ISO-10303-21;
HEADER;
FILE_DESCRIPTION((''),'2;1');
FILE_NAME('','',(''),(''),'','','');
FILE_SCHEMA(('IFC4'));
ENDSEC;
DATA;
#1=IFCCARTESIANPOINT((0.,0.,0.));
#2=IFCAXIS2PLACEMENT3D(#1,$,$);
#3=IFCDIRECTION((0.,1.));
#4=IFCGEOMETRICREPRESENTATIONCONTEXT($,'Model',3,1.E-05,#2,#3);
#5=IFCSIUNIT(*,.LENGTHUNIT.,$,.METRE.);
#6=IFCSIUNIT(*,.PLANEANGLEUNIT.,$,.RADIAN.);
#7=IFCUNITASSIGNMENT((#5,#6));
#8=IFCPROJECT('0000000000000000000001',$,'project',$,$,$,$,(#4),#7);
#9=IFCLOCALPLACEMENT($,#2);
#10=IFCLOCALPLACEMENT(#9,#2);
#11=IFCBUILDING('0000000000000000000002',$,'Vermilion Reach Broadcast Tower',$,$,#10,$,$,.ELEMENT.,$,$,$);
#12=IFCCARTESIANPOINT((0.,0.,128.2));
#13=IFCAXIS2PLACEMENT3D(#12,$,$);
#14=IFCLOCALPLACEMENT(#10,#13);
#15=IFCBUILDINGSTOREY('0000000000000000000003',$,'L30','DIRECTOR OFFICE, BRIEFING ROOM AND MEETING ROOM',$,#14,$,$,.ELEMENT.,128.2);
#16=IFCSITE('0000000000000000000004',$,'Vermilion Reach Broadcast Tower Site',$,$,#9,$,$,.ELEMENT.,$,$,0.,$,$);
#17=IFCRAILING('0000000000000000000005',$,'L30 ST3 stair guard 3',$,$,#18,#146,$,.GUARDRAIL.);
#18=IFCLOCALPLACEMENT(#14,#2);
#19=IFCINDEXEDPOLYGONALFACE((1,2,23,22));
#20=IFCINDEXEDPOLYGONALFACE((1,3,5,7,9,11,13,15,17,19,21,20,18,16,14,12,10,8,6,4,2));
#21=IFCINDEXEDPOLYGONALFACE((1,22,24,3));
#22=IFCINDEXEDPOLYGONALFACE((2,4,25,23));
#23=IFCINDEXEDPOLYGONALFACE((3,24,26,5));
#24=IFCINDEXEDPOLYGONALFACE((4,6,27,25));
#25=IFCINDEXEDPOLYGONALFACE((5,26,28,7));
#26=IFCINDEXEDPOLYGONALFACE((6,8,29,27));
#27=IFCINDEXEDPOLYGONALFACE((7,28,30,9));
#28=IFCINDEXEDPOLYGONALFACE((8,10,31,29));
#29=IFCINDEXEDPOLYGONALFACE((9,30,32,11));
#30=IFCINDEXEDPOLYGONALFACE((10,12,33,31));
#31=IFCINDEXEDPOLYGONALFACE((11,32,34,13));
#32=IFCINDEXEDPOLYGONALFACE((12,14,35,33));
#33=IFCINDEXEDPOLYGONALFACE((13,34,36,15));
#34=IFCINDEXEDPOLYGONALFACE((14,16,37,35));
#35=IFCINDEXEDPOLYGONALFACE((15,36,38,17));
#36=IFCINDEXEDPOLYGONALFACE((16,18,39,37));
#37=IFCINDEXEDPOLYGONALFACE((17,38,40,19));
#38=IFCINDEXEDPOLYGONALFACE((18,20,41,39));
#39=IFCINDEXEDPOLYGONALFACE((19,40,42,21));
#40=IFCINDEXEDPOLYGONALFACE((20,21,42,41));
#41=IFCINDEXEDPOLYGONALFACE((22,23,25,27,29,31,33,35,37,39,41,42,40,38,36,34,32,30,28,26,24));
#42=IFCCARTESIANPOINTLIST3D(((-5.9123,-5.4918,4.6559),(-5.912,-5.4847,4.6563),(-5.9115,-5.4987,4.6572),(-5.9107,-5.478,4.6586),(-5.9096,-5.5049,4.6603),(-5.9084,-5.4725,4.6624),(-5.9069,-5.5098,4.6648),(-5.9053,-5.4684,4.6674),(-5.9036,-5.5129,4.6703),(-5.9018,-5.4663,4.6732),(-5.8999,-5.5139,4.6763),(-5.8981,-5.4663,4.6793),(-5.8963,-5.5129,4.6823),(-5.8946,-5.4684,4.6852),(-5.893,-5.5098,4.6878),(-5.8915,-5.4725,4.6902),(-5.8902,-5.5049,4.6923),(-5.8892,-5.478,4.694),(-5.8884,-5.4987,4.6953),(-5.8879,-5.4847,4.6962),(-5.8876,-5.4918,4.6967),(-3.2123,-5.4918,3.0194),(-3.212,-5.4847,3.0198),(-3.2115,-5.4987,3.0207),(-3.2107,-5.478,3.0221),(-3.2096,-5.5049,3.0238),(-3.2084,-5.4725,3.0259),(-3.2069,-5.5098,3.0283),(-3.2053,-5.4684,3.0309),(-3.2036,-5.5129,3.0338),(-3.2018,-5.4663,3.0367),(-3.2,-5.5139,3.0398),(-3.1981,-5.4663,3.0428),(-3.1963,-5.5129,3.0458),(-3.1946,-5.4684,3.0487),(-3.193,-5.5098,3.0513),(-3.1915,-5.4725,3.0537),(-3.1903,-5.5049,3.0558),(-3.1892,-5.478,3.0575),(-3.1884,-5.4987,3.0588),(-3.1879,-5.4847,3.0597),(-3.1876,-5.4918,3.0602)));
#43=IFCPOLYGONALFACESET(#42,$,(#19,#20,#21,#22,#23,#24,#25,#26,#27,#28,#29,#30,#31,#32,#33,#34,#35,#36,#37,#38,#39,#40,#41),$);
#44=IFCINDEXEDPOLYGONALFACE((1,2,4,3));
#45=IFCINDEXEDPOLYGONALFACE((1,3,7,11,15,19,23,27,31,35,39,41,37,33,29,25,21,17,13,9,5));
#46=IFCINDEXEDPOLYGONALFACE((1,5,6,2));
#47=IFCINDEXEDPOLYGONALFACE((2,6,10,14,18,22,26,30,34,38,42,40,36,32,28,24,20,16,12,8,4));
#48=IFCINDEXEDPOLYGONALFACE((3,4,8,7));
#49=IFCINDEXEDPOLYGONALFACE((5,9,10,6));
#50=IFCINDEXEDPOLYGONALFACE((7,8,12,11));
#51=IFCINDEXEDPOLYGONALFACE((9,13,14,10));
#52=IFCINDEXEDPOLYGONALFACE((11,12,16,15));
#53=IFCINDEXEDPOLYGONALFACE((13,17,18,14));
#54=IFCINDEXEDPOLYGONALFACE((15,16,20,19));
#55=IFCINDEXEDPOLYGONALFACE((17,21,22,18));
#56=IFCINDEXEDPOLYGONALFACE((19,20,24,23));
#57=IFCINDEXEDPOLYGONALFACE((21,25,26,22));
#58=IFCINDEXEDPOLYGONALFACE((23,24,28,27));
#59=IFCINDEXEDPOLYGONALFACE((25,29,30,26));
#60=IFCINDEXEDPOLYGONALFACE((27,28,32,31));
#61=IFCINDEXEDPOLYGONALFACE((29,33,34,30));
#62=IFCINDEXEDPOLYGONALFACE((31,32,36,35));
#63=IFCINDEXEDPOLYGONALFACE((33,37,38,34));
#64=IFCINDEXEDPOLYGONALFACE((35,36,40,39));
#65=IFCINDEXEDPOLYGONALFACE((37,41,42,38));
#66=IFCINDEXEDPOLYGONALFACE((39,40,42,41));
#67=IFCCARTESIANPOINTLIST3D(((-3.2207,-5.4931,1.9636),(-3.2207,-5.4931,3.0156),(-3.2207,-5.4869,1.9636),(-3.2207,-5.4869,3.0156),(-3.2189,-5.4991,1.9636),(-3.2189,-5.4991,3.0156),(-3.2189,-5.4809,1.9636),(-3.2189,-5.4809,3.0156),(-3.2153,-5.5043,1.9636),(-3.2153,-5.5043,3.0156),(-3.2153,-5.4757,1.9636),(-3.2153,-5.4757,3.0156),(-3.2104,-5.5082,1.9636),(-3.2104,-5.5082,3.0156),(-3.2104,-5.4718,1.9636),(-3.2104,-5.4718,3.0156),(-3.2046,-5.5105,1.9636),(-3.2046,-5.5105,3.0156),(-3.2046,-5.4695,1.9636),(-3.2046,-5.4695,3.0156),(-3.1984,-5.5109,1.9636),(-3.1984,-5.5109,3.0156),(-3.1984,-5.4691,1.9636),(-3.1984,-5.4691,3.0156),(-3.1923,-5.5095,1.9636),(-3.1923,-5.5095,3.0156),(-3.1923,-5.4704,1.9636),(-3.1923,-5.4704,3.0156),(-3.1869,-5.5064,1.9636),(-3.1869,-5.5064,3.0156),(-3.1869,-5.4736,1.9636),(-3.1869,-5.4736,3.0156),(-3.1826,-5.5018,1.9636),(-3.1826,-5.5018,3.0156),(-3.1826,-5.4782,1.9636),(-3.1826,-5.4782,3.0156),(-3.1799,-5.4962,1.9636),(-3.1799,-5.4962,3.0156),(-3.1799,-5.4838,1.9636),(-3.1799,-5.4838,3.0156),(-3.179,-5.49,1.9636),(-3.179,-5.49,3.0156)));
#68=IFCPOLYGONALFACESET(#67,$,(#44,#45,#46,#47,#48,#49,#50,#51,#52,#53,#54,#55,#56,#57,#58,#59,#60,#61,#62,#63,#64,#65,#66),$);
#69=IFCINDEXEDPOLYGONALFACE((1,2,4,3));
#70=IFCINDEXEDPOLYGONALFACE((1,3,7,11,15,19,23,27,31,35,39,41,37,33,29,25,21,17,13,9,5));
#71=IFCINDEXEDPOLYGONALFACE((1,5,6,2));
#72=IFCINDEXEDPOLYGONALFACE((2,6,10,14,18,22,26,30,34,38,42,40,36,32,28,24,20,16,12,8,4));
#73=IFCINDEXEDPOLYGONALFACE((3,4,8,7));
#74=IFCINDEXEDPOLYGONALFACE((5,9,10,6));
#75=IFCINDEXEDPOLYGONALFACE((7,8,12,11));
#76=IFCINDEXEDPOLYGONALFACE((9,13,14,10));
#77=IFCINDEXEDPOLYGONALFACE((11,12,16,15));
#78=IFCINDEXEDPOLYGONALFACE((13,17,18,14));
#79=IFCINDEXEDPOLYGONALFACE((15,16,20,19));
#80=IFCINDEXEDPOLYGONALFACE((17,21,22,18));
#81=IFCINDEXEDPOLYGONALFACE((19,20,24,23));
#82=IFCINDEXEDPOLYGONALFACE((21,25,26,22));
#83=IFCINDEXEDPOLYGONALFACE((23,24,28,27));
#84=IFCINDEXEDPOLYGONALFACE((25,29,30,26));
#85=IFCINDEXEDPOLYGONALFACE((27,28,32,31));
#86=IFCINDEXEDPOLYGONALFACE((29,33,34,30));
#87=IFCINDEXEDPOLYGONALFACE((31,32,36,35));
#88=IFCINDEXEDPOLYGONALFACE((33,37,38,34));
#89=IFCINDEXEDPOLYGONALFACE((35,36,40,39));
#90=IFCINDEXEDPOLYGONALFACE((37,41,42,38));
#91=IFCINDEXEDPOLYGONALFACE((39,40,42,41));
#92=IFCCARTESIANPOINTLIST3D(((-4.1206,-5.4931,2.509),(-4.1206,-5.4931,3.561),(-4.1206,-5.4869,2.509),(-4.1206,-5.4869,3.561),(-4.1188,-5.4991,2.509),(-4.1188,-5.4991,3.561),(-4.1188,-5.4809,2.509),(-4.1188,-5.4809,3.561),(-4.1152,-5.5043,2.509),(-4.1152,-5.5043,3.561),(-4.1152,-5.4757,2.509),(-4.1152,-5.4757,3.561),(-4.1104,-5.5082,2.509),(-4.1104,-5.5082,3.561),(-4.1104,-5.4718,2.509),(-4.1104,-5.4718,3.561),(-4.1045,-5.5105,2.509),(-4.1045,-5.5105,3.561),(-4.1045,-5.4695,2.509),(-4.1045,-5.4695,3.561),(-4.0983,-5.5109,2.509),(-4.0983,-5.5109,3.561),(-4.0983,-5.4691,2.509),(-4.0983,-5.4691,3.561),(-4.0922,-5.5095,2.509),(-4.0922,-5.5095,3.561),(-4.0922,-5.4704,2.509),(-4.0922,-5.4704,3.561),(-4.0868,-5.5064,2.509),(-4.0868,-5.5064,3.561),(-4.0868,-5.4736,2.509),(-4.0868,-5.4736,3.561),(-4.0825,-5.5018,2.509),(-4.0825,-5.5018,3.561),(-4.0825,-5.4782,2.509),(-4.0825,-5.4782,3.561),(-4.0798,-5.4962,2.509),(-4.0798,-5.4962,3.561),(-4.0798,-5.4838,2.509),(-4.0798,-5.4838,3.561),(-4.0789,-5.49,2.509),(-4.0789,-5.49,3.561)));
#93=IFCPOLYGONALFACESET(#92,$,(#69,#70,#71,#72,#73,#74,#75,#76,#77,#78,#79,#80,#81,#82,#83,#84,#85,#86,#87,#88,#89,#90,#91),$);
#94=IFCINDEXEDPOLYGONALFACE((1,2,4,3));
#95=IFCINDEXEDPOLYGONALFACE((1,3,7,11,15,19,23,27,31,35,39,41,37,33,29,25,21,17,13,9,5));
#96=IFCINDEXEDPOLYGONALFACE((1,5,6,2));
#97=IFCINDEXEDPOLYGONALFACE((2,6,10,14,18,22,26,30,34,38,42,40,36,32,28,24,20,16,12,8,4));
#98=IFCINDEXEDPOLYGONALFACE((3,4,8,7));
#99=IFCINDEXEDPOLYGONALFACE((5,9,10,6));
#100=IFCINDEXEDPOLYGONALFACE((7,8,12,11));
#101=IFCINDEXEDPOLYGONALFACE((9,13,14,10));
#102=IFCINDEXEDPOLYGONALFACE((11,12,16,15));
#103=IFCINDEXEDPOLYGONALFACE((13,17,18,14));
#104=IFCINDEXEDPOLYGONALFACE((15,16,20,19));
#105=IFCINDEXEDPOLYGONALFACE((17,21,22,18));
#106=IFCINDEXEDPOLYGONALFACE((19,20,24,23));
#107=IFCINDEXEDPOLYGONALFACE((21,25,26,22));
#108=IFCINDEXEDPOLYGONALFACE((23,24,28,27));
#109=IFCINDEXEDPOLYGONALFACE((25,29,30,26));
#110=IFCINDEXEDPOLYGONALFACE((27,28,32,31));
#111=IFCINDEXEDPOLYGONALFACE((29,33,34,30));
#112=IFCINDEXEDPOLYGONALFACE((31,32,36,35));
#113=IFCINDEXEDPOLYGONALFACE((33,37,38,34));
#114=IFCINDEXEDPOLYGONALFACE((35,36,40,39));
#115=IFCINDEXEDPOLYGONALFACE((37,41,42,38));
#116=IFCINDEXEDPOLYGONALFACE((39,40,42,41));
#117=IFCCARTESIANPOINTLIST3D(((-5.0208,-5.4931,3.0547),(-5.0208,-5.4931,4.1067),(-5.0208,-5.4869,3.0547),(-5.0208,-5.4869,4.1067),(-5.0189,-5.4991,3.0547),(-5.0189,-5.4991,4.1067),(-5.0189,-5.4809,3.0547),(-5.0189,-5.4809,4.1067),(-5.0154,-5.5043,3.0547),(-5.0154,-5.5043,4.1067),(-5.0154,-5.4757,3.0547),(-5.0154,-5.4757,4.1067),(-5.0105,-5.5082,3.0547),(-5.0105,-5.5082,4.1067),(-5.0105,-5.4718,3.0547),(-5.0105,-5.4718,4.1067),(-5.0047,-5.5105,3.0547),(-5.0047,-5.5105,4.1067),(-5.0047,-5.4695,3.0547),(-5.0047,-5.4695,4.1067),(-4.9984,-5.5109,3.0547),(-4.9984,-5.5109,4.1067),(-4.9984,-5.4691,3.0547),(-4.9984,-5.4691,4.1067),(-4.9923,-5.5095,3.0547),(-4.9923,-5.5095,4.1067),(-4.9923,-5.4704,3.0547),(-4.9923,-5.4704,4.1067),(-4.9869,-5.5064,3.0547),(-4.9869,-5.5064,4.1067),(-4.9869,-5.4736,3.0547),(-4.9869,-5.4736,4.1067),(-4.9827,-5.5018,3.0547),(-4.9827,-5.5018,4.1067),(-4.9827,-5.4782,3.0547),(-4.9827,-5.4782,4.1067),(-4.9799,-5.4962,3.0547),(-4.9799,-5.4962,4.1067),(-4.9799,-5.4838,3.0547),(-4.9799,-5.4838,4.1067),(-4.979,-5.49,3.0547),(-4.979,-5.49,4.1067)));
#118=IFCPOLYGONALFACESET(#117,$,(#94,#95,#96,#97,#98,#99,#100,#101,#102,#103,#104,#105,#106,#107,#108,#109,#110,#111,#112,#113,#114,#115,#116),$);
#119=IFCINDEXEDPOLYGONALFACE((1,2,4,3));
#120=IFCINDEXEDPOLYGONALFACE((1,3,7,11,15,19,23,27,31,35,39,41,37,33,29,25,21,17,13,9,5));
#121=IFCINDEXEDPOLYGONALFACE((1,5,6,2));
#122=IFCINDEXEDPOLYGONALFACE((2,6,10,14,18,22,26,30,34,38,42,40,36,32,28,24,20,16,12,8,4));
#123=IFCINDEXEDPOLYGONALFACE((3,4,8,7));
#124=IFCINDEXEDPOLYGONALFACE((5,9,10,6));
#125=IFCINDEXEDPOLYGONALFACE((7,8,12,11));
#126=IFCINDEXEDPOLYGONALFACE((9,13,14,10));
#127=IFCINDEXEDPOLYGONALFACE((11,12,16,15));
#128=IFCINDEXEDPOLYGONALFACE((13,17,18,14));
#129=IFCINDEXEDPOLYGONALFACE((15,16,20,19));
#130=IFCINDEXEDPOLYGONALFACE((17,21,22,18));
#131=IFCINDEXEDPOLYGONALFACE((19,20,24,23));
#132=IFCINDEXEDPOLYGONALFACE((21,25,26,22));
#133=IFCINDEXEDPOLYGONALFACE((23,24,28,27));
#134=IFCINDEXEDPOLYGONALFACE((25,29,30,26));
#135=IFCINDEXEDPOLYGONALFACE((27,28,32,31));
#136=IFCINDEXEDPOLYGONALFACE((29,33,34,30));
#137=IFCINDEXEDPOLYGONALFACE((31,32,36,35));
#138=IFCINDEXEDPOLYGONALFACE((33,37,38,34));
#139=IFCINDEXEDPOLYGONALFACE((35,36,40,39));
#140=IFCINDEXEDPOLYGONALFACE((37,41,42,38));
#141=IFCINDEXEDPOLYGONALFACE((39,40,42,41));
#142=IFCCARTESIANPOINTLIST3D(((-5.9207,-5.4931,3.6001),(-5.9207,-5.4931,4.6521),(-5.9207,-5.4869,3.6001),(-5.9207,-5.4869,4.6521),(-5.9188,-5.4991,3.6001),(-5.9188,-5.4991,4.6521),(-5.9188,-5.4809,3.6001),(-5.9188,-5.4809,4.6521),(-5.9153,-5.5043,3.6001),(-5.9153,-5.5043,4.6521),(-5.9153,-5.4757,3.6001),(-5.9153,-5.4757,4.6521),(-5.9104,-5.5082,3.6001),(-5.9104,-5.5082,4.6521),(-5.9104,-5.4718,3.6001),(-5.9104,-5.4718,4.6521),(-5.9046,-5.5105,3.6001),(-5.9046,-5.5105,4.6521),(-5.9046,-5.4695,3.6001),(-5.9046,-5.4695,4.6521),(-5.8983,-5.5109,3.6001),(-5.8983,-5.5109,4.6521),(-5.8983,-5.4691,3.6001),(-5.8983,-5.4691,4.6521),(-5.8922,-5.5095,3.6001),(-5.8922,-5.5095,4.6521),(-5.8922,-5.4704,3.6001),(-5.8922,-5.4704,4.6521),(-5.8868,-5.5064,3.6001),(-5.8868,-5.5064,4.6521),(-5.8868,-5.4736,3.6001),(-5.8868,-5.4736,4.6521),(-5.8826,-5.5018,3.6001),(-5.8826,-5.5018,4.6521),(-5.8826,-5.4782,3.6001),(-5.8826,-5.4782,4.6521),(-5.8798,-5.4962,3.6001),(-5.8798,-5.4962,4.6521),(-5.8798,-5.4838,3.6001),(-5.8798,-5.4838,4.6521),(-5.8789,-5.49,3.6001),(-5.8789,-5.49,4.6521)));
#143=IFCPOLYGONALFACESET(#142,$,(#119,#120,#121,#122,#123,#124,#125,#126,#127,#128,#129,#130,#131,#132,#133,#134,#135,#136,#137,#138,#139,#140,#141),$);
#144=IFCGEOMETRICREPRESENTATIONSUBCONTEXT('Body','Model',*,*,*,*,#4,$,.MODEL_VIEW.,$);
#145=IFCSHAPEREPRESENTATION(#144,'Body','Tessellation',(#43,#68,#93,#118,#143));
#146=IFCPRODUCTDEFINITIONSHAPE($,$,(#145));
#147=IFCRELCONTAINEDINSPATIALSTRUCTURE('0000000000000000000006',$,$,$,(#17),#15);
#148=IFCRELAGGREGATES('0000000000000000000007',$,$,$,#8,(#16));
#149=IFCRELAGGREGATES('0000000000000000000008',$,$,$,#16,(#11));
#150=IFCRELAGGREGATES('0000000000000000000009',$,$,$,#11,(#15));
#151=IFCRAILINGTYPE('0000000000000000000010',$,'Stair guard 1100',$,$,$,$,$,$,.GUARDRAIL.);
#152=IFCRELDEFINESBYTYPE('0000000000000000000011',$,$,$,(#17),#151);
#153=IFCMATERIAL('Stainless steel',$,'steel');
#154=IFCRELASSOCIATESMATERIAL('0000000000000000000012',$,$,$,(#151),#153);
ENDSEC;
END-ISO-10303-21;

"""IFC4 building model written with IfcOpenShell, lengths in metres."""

from ifc_helpers import new_model, si_unit, direction, frame, origin, origin_2d, place, context, subcontext, project, spatial, circle, extrude, material, type_object, element, save


model = new_model("IFC4")

# Units and contexts
model_context = context("Model", 3, precision=1e-05, world=origin(), true_north=direction((0.0, 1.0)))
body_context = subcontext(model_context, "Body", "Model", "MODEL_VIEW")
ifc_project = project(units=[si_unit("LENGTHUNIT", "METRE"), si_unit("PLANEANGLEUNIT", "RADIAN")], contexts=[model_context])

# Site, building, storey
site_placement = place(None, origin())
site = spatial("IfcSite", under=ifc_project, at=site_placement, Name="Vermilion Reach Broadcast Tower Site", CompositionType="ELEMENT", RefElevation=0.0)
building_placement = place(site_placement, origin())
building = spatial("IfcBuilding", under=site, at=building_placement, Name="Vermilion Reach Broadcast Tower", CompositionType="ELEMENT")
storey_placement = place(building_placement, frame((0.0, 0.0, 128.2)))
storey = spatial("IfcBuildingStorey", under=building, at=storey_placement, Name="L30", Description="DIRECTOR OFFICE, BRIEFING ROOM AND MEETING ROOM", CompositionType="ELEMENT", Elevation=128.2)

# Railing
ifc_material_1 = material(Name="Stainless steel", Category="steel")
railing_type_1 = type_object("IfcRailingType", Name="Stair guard 1100", PredefinedType="GUARDRAIL", material=ifc_material_1)
railing_1_placement = place(storey_placement, frame((-3.2, -5.49, 1.9636)))
element("IfcRailing", 1, at=railing_1_placement, inside=storey, type_object=railing_type_1, Name="L30 ST3 stair guard 3", PredefinedType="GUARDRAIL", context=body_context, shape_type="SweptSolid", body=[
    extrude(circle(Radius=0.0239, at=origin_2d()), frame((0.0, 0.0, 1.0762), z_axis=(-0.855178, 0.0, 0.518334), x_axis=(0.0, -1.0, 0.0)), (0.0, 0.0, 1.0), 3.1572),
    extrude(circle(Radius=0.021, at=origin_2d()), origin(), (0.0, 0.0, 1.0), 1.052),
    extrude(circle(Radius=0.021, at=origin_2d()), frame((-0.8999, 0.0, 0.5454)), (0.0, 0.0, 1.0), 1.052),
    extrude(circle(Radius=0.021, at=origin_2d()), frame((-1.8, 0.0, 1.0911)), (0.0, 0.0, 1.0), 1.052),
    extrude(circle(Radius=0.021, at=origin_2d()), frame((-2.7, 0.0, 1.6365)), (0.0, 0.0, 1.0), 1.052),
])

save(model, "model.ifc")
